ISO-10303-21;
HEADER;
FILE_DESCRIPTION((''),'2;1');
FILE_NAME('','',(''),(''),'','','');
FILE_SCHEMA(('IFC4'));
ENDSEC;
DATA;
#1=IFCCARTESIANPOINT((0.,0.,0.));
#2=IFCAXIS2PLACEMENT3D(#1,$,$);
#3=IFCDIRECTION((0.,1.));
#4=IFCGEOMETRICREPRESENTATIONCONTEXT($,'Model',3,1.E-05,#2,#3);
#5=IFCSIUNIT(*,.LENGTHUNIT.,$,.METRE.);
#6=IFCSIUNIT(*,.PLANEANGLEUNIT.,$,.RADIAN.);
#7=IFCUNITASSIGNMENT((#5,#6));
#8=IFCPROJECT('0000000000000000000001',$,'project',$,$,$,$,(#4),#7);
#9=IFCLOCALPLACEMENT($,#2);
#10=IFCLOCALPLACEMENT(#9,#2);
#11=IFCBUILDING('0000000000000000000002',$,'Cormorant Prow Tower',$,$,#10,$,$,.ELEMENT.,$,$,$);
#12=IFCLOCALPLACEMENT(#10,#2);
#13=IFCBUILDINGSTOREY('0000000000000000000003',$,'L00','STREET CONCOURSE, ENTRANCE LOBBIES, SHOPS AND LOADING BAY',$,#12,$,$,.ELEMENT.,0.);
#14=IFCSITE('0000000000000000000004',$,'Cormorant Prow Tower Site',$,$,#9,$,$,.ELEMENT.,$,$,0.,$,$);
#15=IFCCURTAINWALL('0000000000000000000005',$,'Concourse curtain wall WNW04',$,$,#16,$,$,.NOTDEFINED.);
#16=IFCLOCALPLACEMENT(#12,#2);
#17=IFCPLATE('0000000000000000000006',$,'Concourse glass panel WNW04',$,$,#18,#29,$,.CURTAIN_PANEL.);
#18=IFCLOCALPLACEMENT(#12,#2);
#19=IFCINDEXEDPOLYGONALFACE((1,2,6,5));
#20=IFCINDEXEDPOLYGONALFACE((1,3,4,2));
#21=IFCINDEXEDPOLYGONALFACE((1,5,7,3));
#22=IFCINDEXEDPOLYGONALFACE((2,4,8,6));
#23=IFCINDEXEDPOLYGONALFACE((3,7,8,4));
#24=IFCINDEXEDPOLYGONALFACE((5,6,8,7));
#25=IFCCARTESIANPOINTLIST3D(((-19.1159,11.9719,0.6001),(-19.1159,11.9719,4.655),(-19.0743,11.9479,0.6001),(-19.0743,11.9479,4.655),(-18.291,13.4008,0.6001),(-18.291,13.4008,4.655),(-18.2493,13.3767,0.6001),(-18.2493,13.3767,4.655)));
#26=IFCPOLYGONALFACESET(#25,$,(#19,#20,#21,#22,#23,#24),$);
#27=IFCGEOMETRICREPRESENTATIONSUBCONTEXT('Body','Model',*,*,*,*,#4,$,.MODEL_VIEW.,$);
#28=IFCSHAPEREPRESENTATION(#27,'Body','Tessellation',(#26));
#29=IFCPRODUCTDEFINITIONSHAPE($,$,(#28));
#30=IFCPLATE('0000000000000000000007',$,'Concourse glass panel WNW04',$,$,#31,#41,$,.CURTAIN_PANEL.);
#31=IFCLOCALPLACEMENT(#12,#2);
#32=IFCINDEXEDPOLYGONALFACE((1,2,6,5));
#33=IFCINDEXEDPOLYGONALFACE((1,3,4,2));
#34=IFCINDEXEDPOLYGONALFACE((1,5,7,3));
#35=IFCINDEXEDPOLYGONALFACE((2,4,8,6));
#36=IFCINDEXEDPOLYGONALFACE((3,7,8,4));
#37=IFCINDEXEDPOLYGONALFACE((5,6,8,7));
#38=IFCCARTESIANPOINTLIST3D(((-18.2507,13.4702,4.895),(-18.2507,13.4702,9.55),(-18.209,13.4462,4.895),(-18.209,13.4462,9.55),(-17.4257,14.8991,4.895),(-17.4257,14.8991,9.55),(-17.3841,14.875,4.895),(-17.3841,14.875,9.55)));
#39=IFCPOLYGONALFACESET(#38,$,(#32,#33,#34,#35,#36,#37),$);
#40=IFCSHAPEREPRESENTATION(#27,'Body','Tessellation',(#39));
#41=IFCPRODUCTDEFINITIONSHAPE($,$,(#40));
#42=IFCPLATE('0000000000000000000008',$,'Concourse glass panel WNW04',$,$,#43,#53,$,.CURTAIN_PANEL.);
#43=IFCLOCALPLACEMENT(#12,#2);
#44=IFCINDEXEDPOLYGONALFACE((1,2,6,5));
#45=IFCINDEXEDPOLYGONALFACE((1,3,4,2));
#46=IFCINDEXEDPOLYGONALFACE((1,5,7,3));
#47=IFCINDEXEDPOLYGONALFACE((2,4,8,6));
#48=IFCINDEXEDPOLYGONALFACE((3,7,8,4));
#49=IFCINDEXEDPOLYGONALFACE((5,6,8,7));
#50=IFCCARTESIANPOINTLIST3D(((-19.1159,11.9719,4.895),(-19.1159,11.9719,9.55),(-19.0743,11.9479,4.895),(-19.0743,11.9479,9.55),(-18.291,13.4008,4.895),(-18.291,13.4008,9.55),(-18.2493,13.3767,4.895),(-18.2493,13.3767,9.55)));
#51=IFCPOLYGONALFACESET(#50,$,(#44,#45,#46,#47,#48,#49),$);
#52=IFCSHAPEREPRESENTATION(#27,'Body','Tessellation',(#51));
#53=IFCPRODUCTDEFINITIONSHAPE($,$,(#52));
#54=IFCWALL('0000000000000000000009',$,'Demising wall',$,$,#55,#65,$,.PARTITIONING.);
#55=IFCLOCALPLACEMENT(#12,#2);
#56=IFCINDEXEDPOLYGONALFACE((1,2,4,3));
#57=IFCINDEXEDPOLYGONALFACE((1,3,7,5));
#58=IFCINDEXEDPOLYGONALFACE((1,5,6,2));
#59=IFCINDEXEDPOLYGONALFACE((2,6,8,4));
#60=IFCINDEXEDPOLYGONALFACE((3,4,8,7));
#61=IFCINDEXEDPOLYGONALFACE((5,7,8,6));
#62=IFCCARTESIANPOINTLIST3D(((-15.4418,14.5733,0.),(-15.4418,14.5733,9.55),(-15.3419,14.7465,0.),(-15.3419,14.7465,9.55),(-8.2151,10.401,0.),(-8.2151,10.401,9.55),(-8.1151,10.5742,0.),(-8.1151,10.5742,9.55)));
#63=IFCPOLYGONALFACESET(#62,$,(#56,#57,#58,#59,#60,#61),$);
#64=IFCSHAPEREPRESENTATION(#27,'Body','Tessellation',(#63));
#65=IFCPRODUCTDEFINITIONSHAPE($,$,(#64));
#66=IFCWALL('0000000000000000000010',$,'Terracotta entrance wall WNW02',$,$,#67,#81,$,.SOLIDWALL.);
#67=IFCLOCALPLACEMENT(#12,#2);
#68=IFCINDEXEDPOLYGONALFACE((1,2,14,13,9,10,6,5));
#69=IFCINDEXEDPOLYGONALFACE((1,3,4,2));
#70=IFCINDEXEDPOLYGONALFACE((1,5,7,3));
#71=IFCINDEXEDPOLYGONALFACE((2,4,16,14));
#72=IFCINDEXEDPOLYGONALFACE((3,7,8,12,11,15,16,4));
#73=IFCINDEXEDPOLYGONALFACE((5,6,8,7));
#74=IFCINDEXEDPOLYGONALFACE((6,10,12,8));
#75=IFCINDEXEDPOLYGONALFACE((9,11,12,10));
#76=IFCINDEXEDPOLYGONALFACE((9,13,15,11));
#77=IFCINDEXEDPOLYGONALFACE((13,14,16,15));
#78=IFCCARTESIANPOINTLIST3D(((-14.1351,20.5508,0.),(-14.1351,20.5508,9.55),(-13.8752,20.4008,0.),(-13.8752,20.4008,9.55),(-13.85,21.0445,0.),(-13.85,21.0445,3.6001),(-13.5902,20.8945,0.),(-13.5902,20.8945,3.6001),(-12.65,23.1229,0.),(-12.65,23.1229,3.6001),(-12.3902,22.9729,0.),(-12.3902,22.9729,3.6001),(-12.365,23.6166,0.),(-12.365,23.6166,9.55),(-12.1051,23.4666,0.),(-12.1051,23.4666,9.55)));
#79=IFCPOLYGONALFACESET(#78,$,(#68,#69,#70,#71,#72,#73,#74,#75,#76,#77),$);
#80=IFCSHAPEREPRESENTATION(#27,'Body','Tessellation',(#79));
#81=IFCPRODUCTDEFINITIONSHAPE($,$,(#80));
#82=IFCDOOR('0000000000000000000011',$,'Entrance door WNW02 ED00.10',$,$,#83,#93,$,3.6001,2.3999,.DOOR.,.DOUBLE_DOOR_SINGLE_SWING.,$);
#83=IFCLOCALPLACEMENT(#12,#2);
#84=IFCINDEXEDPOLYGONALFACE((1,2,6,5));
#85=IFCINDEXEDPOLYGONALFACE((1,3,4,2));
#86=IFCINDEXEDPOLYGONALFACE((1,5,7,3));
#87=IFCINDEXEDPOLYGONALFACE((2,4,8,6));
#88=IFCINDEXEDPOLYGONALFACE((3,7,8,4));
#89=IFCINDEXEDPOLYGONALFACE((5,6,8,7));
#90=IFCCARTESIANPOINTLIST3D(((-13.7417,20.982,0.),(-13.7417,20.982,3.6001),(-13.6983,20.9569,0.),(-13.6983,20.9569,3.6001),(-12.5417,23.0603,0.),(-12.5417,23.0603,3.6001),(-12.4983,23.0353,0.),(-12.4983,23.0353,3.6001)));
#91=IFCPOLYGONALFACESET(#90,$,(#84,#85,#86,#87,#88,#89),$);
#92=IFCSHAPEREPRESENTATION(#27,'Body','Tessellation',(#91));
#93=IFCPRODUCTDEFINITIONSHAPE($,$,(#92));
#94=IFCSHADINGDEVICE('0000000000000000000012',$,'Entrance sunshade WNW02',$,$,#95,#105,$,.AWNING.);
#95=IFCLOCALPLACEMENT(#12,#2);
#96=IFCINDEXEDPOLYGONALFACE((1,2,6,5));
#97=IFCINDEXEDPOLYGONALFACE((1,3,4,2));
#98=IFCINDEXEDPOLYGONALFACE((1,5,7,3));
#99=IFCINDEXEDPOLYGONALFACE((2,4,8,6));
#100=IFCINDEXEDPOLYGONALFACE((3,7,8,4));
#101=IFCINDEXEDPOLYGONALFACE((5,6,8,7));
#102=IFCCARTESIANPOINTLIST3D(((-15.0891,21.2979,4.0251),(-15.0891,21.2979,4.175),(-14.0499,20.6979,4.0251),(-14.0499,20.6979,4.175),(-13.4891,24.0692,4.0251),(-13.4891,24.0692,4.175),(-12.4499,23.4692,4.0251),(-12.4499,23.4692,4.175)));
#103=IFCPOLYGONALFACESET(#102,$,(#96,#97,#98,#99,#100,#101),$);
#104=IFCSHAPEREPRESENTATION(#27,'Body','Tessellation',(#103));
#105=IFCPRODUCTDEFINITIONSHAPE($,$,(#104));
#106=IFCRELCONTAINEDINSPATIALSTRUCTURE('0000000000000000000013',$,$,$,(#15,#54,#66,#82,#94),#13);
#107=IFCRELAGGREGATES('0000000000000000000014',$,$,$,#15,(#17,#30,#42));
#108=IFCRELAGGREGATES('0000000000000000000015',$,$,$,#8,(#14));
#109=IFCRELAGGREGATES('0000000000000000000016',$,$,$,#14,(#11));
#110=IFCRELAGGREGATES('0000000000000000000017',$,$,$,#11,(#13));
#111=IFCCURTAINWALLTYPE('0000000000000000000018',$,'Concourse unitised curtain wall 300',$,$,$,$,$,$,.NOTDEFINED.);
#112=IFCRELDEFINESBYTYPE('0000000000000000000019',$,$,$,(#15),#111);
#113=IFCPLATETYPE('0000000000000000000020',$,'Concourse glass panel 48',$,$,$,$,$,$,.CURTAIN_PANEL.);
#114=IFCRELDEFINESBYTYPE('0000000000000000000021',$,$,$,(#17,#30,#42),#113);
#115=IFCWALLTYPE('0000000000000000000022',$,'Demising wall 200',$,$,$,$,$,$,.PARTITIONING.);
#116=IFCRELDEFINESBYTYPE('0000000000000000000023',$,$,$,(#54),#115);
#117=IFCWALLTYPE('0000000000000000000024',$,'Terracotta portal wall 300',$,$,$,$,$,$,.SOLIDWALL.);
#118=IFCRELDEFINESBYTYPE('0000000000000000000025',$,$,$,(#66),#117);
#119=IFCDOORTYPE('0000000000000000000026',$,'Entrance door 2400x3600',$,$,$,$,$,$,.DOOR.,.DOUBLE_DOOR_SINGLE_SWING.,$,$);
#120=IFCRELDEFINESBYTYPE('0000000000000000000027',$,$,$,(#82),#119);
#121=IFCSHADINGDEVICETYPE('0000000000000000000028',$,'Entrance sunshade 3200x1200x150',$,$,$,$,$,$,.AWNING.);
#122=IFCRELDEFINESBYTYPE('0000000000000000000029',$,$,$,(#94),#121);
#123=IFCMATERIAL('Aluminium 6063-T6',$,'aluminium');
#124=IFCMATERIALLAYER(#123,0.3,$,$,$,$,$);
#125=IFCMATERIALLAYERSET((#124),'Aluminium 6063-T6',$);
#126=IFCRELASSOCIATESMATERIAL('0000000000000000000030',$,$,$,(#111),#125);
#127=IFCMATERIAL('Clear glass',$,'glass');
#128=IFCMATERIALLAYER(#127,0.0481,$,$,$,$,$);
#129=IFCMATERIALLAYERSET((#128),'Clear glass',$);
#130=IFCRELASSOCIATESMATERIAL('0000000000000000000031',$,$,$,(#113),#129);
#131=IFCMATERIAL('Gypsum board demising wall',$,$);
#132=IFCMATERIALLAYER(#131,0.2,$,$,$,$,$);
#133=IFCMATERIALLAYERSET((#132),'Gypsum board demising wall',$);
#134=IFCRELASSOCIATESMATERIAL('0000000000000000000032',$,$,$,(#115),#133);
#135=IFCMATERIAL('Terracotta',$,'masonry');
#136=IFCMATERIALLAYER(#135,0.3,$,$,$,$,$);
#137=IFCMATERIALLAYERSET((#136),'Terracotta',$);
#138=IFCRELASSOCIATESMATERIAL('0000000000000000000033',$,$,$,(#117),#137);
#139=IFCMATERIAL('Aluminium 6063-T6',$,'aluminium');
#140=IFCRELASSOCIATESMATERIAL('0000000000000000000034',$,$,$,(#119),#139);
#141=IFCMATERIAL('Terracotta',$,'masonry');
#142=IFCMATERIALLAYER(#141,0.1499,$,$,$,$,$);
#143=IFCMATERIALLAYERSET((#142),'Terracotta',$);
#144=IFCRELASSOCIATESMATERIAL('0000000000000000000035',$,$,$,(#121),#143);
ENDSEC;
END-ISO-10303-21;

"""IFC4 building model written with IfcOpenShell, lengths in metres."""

from ifc_helpers import new_model, si_unit, direction, frame, frame_2d, origin, origin_2d, place, context, subcontext, project, spatial, rectangle, extrude, material, layer, layer_set, type_object, element, fill, aggregate, save


model = new_model("IFC4")

# Units and contexts
model_context = context("Model", 3, precision=1e-05, world=origin(), true_north=direction((0.0, 1.0)))
body_context = subcontext(model_context, "Body", "Model", "MODEL_VIEW")
ifc_project = project(units=[si_unit("LENGTHUNIT", "METRE"), si_unit("PLANEANGLEUNIT", "RADIAN")], contexts=[model_context])

# Site, building, storey
site_placement = place(None, origin())
site = spatial("IfcSite", under=ifc_project, at=site_placement, Name="Cormorant Prow Tower Site", CompositionType="ELEMENT", RefElevation=0.0)
building_placement = place(site_placement, origin())
building = spatial("IfcBuilding", under=site, at=building_placement, Name="Cormorant Prow Tower", CompositionType="ELEMENT")
storey_placement = place(building_placement, origin())
storey = spatial("IfcBuildingStorey", under=building, at=storey_placement, Name="L00", Description="STREET CONCOURSE, ENTRANCE LOBBIES, SHOPS AND LOADING BAY", CompositionType="ELEMENT", Elevation=0.0)

# Curtain wall
ifc_material_1 = material(Name="Aluminium 6063-T6", Category="aluminium")
ifc_layer_1 = layer(ifc_material_1, 0.3)
ifc_layer_set_1 = layer_set([ifc_layer_1], Name="Aluminium 6063-T6")
curtain_wall_type = type_object("IfcCurtainWallType", Name="Concourse unitised curtain wall 300", PredefinedType="NOTDEFINED", material=ifc_layer_set_1)
curtain_wall_1_placement = place(storey_placement, origin())
curtain_wall_1 = element("IfcCurtainWall", 1, at=curtain_wall_1_placement, inside=storey, type_object=curtain_wall_type, Name="Concourse curtain wall WNW04", PredefinedType="NOTDEFINED")

# Plates
ifc_material_2 = material(Name="Clear glass", Category="glass")
ifc_layer_2 = layer(ifc_material_2, 0.0481)
ifc_layer_set_2 = layer_set([ifc_layer_2], Name="Clear glass")
plate_type = type_object("IfcPlateType", Name="Concourse glass panel 48", PredefinedType="CURTAIN_PANEL", material=ifc_layer_set_2)
plate_1_placement = place(storey_placement, frame((-18.6826, 12.6743, 0.6001), z_axis=(0.0, 0.0, 1.0), x_axis=(-0.5, -0.866025, 0.0)))
plate_1 = element("IfcPlate", 2, at=plate_1_placement, type_object=plate_type, Name="Concourse glass panel WNW04", PredefinedType="CURTAIN_PANEL", context=body_context, shape_type="SweptSolid", body=[
    extrude(rectangle(XDim=1.6499, YDim=0.0481, at=origin_2d()), origin(), (0.0, 0.0, 1.0), 4.0549),
])
plate_2_placement = place(storey_placement, frame((-17.8174, 14.1726, 4.895), z_axis=(0.0, 0.0, 1.0), x_axis=(-0.5, -0.866025, 0.0)))
plate_2 = element("IfcPlate", 3, at=plate_2_placement, type_object=plate_type, Name="Concourse glass panel WNW04", PredefinedType="CURTAIN_PANEL", context=body_context, shape_type="SweptSolid", body=[
    extrude(rectangle(XDim=1.6499, YDim=0.0481, at=origin_2d()), origin(), (0.0, 0.0, 1.0), 4.655),
])
plate_3_placement = place(storey_placement, frame((-18.6826, 12.6743, 4.895), z_axis=(0.0, 0.0, 1.0), x_axis=(-0.5, -0.866025, 0.0)))
plate_3 = element("IfcPlate", 4, at=plate_3_placement, type_object=plate_type, Name="Concourse glass panel WNW04", PredefinedType="CURTAIN_PANEL", context=body_context, shape_type="SweptSolid", body=[
    extrude(rectangle(XDim=1.6499, YDim=0.0481, at=origin_2d()), origin(), (0.0, 0.0, 1.0), 4.655),
])
aggregate(curtain_wall_1, [plate_1, plate_2, plate_3])

# Wall
ifc_material_3 = material(Name="Gypsum board demising wall")
ifc_layer_3 = layer(ifc_material_3, 0.2)
ifc_layer_set_3 = layer_set([ifc_layer_3], Name="Gypsum board demising wall")
wall_type_1 = type_object("IfcWallType", Name="Demising wall 200", PredefinedType="PARTITIONING", material=ifc_layer_set_3)
wall_1_placement = place(storey_placement, frame((-15.3918, 14.6599, 0.0), z_axis=(0.0, 0.0, 1.0), x_axis=(0.866027, -0.499997, 0.0)))
element("IfcWall", 5, at=wall_1_placement, inside=storey, type_object=wall_type_1, Name="Demising wall", PredefinedType="PARTITIONING", context=body_context, shape_type="SweptSolid", body=[
    extrude(rectangle(XDim=8.3447, YDim=0.2, at=frame_2d((4.1724, 0.0))), origin(), (0.0, 0.0, 1.0), 9.55),
])

# Wall, opening, door
ifc_material_4 = material(Name="Terracotta", Category="masonry")
ifc_layer_4 = layer(ifc_material_4, 0.3)
ifc_layer_set_4 = layer_set([ifc_layer_4], Name="Terracotta")
wall_type_2 = type_object("IfcWallType", Name="Terracotta portal wall 300", PredefinedType="SOLIDWALL", material=ifc_layer_set_4)
wall_2_placement = place(storey_placement, frame((-14.0051, 20.4758, 0.0), z_axis=(0.0, 0.0, 1.0), x_axis=(0.500011, 0.866019, 0.0)))
wall_2 = element("IfcWall", 6, at=wall_2_placement, inside=storey, type_object=wall_type_2, Name="Terracotta entrance wall WNW02", PredefinedType="SOLIDWALL", context=body_context, shape_type="SweptSolid", body=[
    extrude(rectangle(XDim=3.54, YDim=0.3, at=frame_2d((1.77, 0.0))), origin(), (0.0, 0.0, 1.0), 9.55),
])
opening_placement = place(wall_2_placement, frame((0.5701, 0.0, 0.0)))
opening = element("IfcOpeningElement", 7, at=opening_placement, cuts=wall_2, PredefinedType="OPENING", context=body_context, shape_type="SweptSolid", body=[
    extrude(rectangle(XDim=2.3999, YDim=3.6001, at=frame_2d((1.2, 1.8))), frame((0.0, 0.1599, 0.0), z_axis=(0.0, -1.0, 0.0), x_axis=(1.0, 0.0, 0.0)), (0.0, 0.0, 1.0), 0.3201),
])
ifc_material_5 = material(Name="Aluminium 6063-T6", Category="aluminium")
door_type = type_object("IfcDoorType", Name="Entrance door 2400x3600", OperationType="DOUBLE_DOOR_SINGLE_SWING", PredefinedType="DOOR", material=ifc_material_5)
door_placement = place(opening_placement, origin())
door = element("IfcDoor", 8, at=door_placement, inside=storey, type_object=door_type, Name="Entrance door WNW02 ED00.10", OperationType="DOUBLE_DOOR_SINGLE_SWING", OverallHeight=3.6001, OverallWidth=2.3999, PredefinedType="DOOR", context=body_context, shape_type="SweptSolid", body=[
    extrude(rectangle(XDim=2.3999, YDim=3.6001, at=frame_2d((1.2, 1.8))), frame((0.0, 0.0249, 0.0), z_axis=(0.0, -1.0, 0.0), x_axis=(1.0, 0.0, 0.0)), (0.0, 0.0, 1.0), 0.05),
])
fill(opening, door)

# Shading device
ifc_material_6 = material(Name="Terracotta", Category="masonry")
ifc_layer_5 = layer(ifc_material_6, 0.1499)
ifc_layer_set_5 = layer_set([ifc_layer_5], Name="Terracotta")
shading_device_type = type_object("IfcShadingDeviceType", Name="Entrance sunshade 3200x1200x150", PredefinedType="AWNING", material=ifc_layer_set_5)
shading_device_placement = place(storey_placement, frame((-13.7695, 22.3835, 4.0251), z_axis=(0.0, 0.0, 1.0), x_axis=(-0.5, -0.866025, 0.0)))
element("IfcShadingDevice", 9, at=shading_device_placement, inside=storey, type_object=shading_device_type, Name="Entrance sunshade WNW02", PredefinedType="AWNING", context=body_context, shape_type="SweptSolid", body=[
    extrude(rectangle(XDim=3.2, YDim=1.2, at=origin_2d()), origin(), (0.0, 0.0, 1.0), 0.1499),
])

save(model, "model.ifc")
